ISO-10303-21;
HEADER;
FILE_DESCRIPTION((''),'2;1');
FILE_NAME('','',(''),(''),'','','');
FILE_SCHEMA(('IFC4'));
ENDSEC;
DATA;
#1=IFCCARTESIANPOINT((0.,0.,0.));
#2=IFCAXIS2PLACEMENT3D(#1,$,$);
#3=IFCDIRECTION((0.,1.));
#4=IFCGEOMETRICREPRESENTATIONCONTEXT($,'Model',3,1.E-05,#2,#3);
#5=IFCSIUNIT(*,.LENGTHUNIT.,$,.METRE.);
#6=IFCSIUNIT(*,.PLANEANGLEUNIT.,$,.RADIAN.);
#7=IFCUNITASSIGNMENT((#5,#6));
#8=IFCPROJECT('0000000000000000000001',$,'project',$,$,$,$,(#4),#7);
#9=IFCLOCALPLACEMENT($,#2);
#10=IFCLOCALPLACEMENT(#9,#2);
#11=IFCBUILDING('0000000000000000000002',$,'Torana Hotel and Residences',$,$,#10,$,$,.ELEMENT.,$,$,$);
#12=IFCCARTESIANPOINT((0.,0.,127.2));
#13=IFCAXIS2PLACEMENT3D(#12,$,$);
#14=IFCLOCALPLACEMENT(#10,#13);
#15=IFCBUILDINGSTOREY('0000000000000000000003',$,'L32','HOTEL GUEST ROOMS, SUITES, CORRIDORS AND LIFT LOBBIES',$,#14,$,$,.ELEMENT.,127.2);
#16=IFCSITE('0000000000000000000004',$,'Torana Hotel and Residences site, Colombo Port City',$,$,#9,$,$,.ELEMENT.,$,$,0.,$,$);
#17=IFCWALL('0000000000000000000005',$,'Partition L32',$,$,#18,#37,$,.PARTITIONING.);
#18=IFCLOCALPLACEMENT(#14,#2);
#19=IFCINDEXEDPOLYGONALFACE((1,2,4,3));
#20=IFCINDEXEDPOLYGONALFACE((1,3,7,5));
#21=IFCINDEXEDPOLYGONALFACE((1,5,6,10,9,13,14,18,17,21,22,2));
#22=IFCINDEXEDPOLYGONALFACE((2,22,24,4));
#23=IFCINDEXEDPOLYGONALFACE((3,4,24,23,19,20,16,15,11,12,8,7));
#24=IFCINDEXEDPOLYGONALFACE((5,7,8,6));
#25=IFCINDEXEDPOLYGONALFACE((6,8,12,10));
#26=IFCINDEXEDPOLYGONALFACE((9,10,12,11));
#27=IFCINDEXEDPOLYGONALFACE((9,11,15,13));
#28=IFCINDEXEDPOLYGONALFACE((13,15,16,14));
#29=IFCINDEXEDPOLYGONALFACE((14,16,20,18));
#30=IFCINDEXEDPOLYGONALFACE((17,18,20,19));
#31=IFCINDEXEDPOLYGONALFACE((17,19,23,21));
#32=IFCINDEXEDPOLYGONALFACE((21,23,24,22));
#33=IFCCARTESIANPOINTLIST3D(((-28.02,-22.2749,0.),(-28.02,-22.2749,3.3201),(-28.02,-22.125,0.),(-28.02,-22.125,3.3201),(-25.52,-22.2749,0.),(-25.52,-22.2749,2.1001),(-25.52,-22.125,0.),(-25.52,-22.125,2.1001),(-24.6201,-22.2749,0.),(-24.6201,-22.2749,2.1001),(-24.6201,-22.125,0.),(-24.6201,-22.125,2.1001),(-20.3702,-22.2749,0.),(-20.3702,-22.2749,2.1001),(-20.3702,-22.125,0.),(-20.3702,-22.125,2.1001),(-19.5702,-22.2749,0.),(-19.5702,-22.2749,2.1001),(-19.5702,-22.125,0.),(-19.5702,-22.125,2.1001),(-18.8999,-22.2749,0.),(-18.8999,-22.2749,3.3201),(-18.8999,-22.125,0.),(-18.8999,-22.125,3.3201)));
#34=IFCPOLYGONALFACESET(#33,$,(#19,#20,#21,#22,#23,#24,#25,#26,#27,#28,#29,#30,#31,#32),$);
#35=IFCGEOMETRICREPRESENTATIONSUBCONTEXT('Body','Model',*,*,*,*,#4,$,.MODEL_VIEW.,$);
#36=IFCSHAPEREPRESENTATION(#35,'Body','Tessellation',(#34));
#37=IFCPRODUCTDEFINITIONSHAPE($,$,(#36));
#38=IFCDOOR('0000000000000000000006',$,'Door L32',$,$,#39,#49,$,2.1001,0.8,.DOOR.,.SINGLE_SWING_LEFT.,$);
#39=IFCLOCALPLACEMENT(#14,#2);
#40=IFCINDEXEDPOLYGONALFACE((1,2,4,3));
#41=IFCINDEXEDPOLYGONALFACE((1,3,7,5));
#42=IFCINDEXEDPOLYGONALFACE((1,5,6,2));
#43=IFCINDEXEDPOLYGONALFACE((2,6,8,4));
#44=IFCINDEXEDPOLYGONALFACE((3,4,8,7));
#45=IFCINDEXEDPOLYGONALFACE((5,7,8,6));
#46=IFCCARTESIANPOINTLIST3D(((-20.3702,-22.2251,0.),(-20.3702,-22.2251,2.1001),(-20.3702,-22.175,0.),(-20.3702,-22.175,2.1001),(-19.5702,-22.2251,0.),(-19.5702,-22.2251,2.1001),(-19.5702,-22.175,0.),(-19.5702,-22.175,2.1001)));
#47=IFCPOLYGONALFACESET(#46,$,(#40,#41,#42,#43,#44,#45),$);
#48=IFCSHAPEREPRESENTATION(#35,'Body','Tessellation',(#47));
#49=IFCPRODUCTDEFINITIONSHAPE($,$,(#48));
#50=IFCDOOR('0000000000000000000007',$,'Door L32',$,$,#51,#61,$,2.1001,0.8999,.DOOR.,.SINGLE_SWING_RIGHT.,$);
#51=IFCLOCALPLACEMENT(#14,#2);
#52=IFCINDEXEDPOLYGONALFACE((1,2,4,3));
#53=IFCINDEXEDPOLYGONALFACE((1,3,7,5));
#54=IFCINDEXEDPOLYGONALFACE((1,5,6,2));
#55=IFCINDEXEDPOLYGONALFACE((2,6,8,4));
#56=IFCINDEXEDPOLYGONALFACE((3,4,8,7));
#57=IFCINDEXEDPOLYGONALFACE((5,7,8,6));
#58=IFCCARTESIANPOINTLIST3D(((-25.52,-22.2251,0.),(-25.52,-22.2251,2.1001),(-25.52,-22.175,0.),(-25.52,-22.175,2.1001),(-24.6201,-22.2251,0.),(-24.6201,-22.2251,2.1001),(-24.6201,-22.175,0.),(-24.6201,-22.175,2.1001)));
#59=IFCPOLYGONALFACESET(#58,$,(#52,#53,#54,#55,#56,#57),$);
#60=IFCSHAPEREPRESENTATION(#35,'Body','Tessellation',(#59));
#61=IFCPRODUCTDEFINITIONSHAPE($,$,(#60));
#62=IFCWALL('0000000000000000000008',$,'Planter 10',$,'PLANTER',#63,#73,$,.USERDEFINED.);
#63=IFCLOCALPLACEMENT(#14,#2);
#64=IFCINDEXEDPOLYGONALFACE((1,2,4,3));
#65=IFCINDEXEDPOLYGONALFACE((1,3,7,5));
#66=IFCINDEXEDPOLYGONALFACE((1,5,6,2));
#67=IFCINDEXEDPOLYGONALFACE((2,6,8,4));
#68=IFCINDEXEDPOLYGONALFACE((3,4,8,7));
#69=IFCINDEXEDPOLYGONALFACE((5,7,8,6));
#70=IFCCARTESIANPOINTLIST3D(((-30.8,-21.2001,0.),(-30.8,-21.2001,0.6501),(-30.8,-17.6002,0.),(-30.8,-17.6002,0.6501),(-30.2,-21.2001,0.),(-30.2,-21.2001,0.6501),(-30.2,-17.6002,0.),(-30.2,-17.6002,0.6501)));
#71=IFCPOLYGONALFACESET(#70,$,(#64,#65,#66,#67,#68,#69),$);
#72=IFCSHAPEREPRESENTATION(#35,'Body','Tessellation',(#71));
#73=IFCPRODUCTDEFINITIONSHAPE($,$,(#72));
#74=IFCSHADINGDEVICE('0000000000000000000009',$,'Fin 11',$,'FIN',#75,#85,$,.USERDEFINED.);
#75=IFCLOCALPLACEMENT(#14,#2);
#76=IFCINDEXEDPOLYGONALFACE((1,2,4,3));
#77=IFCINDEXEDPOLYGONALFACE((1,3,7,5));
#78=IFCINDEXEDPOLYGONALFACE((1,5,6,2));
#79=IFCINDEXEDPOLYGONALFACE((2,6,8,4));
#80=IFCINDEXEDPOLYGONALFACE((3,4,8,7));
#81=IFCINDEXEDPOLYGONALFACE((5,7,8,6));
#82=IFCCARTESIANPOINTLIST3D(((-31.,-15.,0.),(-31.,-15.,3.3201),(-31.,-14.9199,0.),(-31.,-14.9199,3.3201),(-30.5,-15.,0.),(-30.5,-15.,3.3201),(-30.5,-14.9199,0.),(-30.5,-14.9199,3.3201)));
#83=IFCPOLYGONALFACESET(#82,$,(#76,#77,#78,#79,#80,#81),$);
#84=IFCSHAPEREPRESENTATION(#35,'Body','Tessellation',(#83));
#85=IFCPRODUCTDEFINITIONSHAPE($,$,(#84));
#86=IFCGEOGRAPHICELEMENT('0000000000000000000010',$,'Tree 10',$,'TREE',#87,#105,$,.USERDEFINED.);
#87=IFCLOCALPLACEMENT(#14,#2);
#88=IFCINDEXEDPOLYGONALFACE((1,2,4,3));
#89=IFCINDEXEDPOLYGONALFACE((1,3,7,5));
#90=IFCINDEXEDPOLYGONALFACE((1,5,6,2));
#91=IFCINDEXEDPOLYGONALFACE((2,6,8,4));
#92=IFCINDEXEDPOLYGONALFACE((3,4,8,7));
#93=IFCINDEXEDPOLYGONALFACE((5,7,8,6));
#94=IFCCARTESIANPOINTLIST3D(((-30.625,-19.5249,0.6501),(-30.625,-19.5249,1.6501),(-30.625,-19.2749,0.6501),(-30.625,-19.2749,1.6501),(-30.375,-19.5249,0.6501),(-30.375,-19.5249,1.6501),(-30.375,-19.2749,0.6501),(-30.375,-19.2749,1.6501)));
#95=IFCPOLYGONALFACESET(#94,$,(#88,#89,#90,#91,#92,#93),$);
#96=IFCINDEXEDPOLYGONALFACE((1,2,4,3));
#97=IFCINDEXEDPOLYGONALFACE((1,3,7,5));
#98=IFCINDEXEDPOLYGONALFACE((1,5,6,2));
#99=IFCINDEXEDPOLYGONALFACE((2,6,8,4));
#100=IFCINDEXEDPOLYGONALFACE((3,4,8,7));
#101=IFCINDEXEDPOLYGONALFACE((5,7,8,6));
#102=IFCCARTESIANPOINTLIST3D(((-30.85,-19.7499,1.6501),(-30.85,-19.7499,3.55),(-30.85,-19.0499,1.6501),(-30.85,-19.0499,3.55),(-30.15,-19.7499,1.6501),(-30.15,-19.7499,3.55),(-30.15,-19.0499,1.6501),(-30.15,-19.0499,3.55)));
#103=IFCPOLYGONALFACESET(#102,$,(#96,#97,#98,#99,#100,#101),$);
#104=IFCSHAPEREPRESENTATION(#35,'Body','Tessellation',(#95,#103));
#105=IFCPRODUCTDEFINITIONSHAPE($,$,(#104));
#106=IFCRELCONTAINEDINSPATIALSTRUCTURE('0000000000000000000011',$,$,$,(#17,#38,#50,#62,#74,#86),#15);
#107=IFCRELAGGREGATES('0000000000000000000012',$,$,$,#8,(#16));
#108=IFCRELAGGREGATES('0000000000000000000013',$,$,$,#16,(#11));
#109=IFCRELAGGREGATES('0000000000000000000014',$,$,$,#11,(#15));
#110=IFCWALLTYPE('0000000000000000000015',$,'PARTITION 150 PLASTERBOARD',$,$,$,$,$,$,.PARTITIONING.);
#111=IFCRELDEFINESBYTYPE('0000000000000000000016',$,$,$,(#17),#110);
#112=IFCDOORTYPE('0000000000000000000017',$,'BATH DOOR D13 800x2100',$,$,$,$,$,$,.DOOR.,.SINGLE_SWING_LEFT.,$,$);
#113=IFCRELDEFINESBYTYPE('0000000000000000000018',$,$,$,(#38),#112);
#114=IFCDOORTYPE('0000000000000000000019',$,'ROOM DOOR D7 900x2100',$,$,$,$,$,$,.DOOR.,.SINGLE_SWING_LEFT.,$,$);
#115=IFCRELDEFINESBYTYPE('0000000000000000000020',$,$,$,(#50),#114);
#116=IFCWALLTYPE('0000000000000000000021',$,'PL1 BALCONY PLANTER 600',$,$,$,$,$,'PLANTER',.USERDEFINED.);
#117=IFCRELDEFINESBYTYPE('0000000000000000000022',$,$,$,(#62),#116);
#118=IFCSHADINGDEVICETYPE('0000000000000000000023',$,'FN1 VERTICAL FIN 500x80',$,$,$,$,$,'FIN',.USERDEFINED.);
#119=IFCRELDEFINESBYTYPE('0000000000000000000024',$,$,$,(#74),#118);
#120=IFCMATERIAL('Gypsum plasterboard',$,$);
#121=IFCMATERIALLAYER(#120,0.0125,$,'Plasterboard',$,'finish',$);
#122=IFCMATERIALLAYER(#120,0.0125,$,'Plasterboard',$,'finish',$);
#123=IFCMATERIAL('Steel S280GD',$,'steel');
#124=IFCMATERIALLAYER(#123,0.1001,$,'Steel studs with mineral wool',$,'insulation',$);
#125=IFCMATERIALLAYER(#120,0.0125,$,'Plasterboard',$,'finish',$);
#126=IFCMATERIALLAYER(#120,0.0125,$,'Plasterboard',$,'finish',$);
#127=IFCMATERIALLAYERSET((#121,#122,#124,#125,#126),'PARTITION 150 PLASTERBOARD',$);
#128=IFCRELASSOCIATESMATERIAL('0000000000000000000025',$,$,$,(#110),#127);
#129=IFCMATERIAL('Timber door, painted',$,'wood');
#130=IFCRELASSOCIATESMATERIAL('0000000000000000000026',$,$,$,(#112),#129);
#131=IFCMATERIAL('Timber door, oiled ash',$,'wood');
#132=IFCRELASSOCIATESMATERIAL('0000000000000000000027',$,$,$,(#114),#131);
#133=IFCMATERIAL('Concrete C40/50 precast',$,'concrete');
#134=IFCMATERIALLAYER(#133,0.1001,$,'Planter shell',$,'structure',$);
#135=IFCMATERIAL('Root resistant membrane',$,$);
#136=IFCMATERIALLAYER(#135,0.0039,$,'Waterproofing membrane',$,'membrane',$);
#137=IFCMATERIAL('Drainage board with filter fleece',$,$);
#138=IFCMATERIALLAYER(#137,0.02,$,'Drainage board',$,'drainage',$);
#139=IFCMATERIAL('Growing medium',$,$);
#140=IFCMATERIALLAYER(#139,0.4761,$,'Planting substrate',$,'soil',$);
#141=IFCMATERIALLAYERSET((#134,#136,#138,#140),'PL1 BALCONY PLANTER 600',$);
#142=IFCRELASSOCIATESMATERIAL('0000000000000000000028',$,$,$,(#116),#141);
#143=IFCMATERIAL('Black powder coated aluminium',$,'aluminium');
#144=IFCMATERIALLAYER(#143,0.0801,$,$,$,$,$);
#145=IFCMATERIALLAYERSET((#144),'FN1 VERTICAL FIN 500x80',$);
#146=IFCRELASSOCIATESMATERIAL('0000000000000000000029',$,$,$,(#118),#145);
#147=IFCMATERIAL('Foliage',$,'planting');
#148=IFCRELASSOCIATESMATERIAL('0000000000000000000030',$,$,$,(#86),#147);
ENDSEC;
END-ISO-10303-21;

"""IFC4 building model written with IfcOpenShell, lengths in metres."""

from ifc_helpers import new_model, si_unit, direction, frame, frame_2d, origin, origin_2d, place, context, subcontext, project, spatial, rectangle, extrude, material, layer, layer_set, type_object, element, fill, save


model = new_model("IFC4")

# Units and contexts
model_context = context("Model", 3, precision=1e-05, world=origin(), true_north=direction((0.0, 1.0)))
body_context = subcontext(model_context, "Body", "Model", "MODEL_VIEW")
ifc_project = project(units=[si_unit("LENGTHUNIT", "METRE"), si_unit("PLANEANGLEUNIT", "RADIAN")], contexts=[model_context])

# Site, building, storey
site_placement = place(None, origin())
site = spatial("IfcSite", under=ifc_project, at=site_placement, Name="Torana Hotel and Residences site, Colombo Port City", CompositionType="ELEMENT", RefElevation=0.0)
building_placement = place(site_placement, origin())
building = spatial("IfcBuilding", under=site, at=building_placement, Name="Torana Hotel and Residences", CompositionType="ELEMENT")
storey_placement = place(building_placement, frame((0.0, 0.0, 127.2)))
storey = spatial("IfcBuildingStorey", under=building, at=storey_placement, Name="L32", Description="HOTEL GUEST ROOMS, SUITES, CORRIDORS AND LIFT LOBBIES", CompositionType="ELEMENT", Elevation=127.2)

# Wall, openings, doors
ifc_material_1 = material(Name="Gypsum plasterboard")
ifc_layer_1 = layer(ifc_material_1, 0.0125, Name="Plasterboard", Category="finish")
ifc_layer_2 = layer(ifc_material_1, 0.0125, Name="Plasterboard", Category="finish")
ifc_material_2 = material(Name="Steel S280GD", Category="steel")
ifc_layer_3 = layer(ifc_material_2, 0.1001, Name="Steel studs with mineral wool", Category="insulation")
ifc_layer_4 = layer(ifc_material_1, 0.0125, Name="Plasterboard", Category="finish")
ifc_layer_5 = layer(ifc_material_1, 0.0125, Name="Plasterboard", Category="finish")
ifc_layer_set_1 = layer_set([ifc_layer_1, ifc_layer_2, ifc_layer_3, ifc_layer_4, ifc_layer_5], Name="PARTITION 150 PLASTERBOARD")
wall_type_1 = type_object("IfcWallType", Name="PARTITION 150 PLASTERBOARD", PredefinedType="PARTITIONING", material=ifc_layer_set_1)
wall_1_placement = place(storey_placement, frame((-28.02, -22.2, 0.0), z_axis=(0.0, 0.0, 1.0), x_axis=(1.0, 0.0, 0.0)))
wall_1 = element("IfcWall", 1, at=wall_1_placement, inside=storey, type_object=wall_type_1, Name="Partition L32", PredefinedType="PARTITIONING", context=body_context, shape_type="SweptSolid", body=[
    extrude(rectangle(XDim=9.1201, YDim=0.1499, at=frame_2d((4.5601, 0.0))), origin(), (0.0, 0.0, 1.0), 3.3201),
])
opening_1_placement = place(wall_1_placement, frame((7.6499, 0.0, 0.0)))
opening_1 = element("IfcOpeningElement", 2, at=opening_1_placement, cuts=wall_1, PredefinedType="OPENING", context=body_context, shape_type="SweptSolid", body=[
    extrude(rectangle(XDim=0.8, YDim=2.1001, at=frame_2d((0.3999, 1.05))), frame((0.0, 0.085, 0.0), z_axis=(0.0, -1.0, 0.0), x_axis=(1.0, 0.0, 0.0)), (0.0, 0.0, 1.0), 0.1699),
])
opening_2_placement = place(wall_1_placement, frame((2.5, 0.0, 0.0)))
opening_2 = element("IfcOpeningElement", 3, at=opening_2_placement, cuts=wall_1, PredefinedType="OPENING", context=body_context, shape_type="SweptSolid", body=[
    extrude(rectangle(XDim=0.8999, YDim=2.1001, at=frame_2d((0.45, 1.05))), frame((0.0, 0.085, 0.0), z_axis=(0.0, -1.0, 0.0), x_axis=(1.0, 0.0, 0.0)), (0.0, 0.0, 1.0), 0.1699),
])
ifc_material_3 = material(Name="Timber door, painted", Category="wood")
door_type_1 = type_object("IfcDoorType", Name="BATH DOOR D13 800x2100", OperationType="SINGLE_SWING_LEFT", PredefinedType="DOOR", material=ifc_material_3)
door_1_placement = place(opening_1_placement, origin())
door_1 = element("IfcDoor", 4, at=door_1_placement, inside=storey, type_object=door_type_1, Name="Door L32", OperationType="SINGLE_SWING_LEFT", OverallHeight=2.1001, OverallWidth=0.8, PredefinedType="DOOR", context=body_context, shape_type="SweptSolid", body=[
    extrude(rectangle(XDim=0.8, YDim=2.1001, at=frame_2d((0.3999, 1.05))), frame((0.0, 0.0249, 0.0), z_axis=(0.0, -1.0, 0.0), x_axis=(1.0, 0.0, 0.0)), (0.0, 0.0, 1.0), 0.05),
])
fill(opening_1, door_1)
ifc_material_4 = material(Name="Timber door, oiled ash", Category="wood")
door_type_2 = type_object("IfcDoorType", Name="ROOM DOOR D7 900x2100", OperationType="SINGLE_SWING_LEFT", PredefinedType="DOOR", material=ifc_material_4)
door_2_placement = place(opening_2_placement, origin())
door_2 = element("IfcDoor", 5, at=door_2_placement, inside=storey, type_object=door_type_2, Name="Door L32", OperationType="SINGLE_SWING_RIGHT", OverallHeight=2.1001, OverallWidth=0.8999, PredefinedType="DOOR", context=body_context, shape_type="SweptSolid", body=[
    extrude(rectangle(XDim=0.8999, YDim=2.1001, at=frame_2d((0.45, 1.05))), frame((0.0, 0.0249, 0.0), z_axis=(0.0, -1.0, 0.0), x_axis=(1.0, 0.0, 0.0)), (0.0, 0.0, 1.0), 0.05),
])
fill(opening_2, door_2)

# Wall
ifc_material_5 = material(Name="Concrete C40/50 precast", Category="concrete")
ifc_layer_6 = layer(ifc_material_5, 0.1001, Name="Planter shell", Category="structure")
ifc_material_6 = material(Name="Root resistant membrane")
ifc_layer_7 = layer(ifc_material_6, 0.0039, Name="Waterproofing membrane", Category="membrane")
ifc_material_7 = material(Name="Drainage board with filter fleece")
ifc_layer_8 = layer(ifc_material_7, 0.02, Name="Drainage board", Category="drainage")
ifc_material_8 = material(Name="Growing medium")
ifc_layer_9 = layer(ifc_material_8, 0.4761, Name="Planting substrate", Category="soil")
ifc_layer_set_2 = layer_set([ifc_layer_6, ifc_layer_7, ifc_layer_8, ifc_layer_9], Name="PL1 BALCONY PLANTER 600")
wall_type_2 = type_object("IfcWallType", Name="PL1 BALCONY PLANTER 600", ElementType="PLANTER", PredefinedType="USERDEFINED", material=ifc_layer_set_2)
wall_2_placement = place(storey_placement, frame((-30.5, -21.2, 0.0), z_axis=(0.0, 0.0, 1.0), x_axis=(0.0, 1.0, 0.0)))
element("IfcWall", 6, at=wall_2_placement, inside=storey, type_object=wall_type_2, Name="Planter 10", ObjectType="PLANTER", PredefinedType="USERDEFINED", context=body_context, shape_type="SweptSolid", body=[
    extrude(rectangle(XDim=3.5999, YDim=0.6001, at=frame_2d((1.7998, 0.0))), origin(), (0.0, 0.0, 1.0), 0.6501),
])

# Shading device
ifc_material_9 = material(Name="Black powder coated aluminium", Category="aluminium")
ifc_layer_10 = layer(ifc_material_9, 0.0801)
ifc_layer_set_3 = layer_set([ifc_layer_10], Name="FN1 VERTICAL FIN 500x80")
shading_device_type = type_object("IfcShadingDeviceType", Name="FN1 VERTICAL FIN 500x80", ElementType="FIN", PredefinedType="USERDEFINED", material=ifc_layer_set_3)
shading_device_placement = place(storey_placement, frame((-30.75, -14.96, 0.0), z_axis=(0.0, 0.0, 1.0), x_axis=(0.0, 1.0, 0.0)))
element("IfcShadingDevice", 7, at=shading_device_placement, inside=storey, type_object=shading_device_type, Name="Fin 11", ObjectType="FIN", PredefinedType="USERDEFINED", context=body_context, shape_type="SweptSolid", body=[
    extrude(rectangle(XDim=0.0801, YDim=0.5, at=origin_2d()), origin(), (0.0, 0.0, 1.0), 3.3201),
])

# Geographic element
ifc_material_10 = material(Name="Foliage", Category="planting")
geographic_element_placement = place(storey_placement, frame((-30.5, -19.3999, 0.6501), z_axis=(0.0, 0.0, 1.0), x_axis=(1.0, 0.0, 0.0)))
element("IfcGeographicElement", 8, at=geographic_element_placement, inside=storey, material=ifc_material_10, Name="Tree 10", ObjectType="TREE", PredefinedType="USERDEFINED", context=body_context, shape_type="SweptSolid", body=[
    extrude(rectangle(XDim=0.25, YDim=0.25, at=origin_2d()), origin(), (0.0, 0.0, 1.0), 1.0),
    extrude(rectangle(XDim=0.7, YDim=0.7, at=origin_2d()), frame((0.0, 0.0, 1.0)), (0.0, 0.0, 1.0), 1.8999),
])

save(model, "model.ifc")
